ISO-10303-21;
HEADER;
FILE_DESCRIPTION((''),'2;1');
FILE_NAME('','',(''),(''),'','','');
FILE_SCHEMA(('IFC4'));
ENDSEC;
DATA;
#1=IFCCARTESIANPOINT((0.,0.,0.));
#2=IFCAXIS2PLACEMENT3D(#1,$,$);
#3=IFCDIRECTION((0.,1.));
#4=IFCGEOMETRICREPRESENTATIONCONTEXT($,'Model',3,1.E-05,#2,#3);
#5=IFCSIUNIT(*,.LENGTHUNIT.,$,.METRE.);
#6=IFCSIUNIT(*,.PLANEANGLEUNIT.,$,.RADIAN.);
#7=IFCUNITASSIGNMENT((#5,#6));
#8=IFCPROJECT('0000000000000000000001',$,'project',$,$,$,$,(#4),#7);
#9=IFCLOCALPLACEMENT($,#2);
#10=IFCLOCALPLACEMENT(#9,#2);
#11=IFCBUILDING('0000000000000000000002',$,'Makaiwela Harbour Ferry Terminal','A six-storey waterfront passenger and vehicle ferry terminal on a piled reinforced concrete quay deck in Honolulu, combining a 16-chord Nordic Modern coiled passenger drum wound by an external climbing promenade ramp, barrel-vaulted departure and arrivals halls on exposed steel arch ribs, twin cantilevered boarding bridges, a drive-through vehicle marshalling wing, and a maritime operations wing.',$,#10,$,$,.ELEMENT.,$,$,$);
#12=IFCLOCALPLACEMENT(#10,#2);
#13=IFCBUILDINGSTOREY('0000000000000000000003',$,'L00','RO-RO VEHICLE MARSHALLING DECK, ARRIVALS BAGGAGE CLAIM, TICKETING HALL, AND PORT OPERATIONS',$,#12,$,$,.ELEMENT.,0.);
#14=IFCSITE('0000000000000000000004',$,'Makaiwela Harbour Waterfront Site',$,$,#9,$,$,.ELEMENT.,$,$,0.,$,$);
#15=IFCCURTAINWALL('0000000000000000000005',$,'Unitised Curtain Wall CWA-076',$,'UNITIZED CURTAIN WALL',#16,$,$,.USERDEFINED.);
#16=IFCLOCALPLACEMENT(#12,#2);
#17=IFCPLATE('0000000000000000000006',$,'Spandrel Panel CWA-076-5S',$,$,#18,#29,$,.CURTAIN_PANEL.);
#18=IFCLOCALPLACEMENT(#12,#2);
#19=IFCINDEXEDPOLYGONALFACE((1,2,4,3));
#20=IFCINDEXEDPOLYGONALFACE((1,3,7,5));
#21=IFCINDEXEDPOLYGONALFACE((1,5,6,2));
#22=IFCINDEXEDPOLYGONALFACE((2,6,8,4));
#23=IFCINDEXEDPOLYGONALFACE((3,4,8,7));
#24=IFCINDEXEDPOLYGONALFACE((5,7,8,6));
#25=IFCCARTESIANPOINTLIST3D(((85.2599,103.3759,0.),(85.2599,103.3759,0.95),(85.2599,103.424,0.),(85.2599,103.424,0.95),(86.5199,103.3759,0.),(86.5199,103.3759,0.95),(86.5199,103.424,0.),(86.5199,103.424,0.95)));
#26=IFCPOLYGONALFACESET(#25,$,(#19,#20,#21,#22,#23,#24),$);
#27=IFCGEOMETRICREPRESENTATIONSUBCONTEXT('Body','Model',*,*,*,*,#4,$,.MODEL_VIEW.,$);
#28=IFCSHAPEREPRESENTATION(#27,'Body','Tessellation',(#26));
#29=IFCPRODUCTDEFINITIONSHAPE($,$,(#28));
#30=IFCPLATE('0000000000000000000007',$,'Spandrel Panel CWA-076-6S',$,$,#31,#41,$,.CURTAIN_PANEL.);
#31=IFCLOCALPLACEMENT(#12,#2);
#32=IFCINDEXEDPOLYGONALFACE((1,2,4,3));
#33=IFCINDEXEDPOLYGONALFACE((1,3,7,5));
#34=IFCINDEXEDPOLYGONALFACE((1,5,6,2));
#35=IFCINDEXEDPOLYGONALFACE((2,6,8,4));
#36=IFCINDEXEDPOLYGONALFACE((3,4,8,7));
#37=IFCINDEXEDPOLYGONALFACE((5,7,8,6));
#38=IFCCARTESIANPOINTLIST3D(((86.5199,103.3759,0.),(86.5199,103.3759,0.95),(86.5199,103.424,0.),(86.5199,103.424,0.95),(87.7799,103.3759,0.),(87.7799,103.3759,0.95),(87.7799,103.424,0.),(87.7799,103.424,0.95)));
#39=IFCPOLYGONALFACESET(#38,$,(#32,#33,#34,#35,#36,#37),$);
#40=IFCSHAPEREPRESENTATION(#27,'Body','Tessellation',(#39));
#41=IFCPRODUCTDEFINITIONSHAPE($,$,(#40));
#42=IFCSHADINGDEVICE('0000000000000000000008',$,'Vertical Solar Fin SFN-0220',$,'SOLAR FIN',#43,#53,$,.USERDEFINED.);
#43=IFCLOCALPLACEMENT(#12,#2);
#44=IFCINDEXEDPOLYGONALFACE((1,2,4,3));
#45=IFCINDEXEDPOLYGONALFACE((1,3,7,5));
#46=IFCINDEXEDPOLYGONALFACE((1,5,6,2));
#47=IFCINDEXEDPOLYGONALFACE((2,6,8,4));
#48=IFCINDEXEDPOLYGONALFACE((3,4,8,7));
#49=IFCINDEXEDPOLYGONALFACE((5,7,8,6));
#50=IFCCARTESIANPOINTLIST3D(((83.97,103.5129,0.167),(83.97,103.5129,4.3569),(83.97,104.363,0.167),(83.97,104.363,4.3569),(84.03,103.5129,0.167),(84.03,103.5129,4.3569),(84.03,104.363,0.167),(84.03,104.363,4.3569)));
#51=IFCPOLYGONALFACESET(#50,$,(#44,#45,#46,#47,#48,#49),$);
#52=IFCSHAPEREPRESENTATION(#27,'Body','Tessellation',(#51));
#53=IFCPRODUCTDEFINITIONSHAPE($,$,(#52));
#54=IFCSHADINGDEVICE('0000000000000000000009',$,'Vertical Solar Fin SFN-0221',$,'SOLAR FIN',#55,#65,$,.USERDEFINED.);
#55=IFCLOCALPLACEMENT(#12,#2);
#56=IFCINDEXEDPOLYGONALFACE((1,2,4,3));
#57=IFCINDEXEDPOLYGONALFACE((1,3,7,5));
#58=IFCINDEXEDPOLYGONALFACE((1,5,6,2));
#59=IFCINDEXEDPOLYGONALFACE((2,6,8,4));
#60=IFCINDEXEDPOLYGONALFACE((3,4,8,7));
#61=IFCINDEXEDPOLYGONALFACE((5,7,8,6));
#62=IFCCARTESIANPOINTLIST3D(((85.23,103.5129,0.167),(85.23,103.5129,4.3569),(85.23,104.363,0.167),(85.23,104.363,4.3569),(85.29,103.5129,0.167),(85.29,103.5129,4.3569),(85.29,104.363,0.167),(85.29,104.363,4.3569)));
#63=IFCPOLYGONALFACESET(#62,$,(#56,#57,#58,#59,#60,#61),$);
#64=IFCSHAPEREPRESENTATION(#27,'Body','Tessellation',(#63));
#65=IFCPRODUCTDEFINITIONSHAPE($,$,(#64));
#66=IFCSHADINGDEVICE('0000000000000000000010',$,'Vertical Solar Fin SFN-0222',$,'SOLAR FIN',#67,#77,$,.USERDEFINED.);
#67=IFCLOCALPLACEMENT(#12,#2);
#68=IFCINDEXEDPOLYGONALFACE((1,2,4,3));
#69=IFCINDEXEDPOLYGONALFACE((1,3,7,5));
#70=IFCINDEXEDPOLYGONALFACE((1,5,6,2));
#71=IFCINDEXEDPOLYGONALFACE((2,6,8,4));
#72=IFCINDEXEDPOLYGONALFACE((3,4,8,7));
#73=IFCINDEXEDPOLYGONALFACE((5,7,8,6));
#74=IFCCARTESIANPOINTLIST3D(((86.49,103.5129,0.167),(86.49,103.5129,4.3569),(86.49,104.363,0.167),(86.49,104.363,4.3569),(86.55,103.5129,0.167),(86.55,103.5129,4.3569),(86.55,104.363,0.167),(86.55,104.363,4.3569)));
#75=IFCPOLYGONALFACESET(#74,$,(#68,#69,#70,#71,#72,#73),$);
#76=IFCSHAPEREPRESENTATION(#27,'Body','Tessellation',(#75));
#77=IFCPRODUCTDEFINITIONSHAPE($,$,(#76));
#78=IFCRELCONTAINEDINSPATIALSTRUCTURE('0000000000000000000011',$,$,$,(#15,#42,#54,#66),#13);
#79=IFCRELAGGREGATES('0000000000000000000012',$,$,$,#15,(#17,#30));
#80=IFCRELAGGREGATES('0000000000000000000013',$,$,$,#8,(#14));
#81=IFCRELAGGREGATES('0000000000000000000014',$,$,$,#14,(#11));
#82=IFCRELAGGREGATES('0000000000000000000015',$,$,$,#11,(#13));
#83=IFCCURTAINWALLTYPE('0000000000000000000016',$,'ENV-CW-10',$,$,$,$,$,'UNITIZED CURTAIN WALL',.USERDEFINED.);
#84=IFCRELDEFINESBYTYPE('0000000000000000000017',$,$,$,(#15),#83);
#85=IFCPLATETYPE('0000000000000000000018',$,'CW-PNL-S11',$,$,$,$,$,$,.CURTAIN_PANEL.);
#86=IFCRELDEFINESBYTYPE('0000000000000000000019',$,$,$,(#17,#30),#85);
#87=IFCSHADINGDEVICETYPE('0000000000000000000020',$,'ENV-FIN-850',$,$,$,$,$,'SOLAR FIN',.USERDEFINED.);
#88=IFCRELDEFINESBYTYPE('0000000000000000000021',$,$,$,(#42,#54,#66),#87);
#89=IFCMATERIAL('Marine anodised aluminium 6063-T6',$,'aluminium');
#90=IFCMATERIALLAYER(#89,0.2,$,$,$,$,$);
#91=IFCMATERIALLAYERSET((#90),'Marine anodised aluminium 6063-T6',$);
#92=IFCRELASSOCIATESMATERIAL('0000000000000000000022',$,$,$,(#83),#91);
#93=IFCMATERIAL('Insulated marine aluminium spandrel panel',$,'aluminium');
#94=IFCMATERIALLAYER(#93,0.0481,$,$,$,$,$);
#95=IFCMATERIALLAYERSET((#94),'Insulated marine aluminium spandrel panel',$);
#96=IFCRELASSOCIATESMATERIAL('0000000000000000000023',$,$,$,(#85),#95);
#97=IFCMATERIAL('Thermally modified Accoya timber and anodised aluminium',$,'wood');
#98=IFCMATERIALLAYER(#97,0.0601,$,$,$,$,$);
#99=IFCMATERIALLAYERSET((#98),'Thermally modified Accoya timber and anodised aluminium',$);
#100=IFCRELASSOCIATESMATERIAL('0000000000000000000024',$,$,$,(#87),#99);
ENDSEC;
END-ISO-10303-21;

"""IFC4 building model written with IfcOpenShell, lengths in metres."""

from ifc_helpers import new_model, si_unit, direction, frame, origin, origin_2d, place, context, subcontext, project, spatial, rectangle, extrude, material, layer, layer_set, type_object, element, aggregate, save


model = new_model("IFC4")

# Units and contexts
model_context = context("Model", 3, precision=1e-05, world=origin(), true_north=direction((0.0, 1.0)))
body_context = subcontext(model_context, "Body", "Model", "MODEL_VIEW")
ifc_project = project(units=[si_unit("LENGTHUNIT", "METRE"), si_unit("PLANEANGLEUNIT", "RADIAN")], contexts=[model_context])

# Site, building, storey
site_placement = place(None, origin())
site = spatial("IfcSite", under=ifc_project, at=site_placement, Name="Makaiwela Harbour Waterfront Site", CompositionType="ELEMENT", RefElevation=0.0)
building_placement = place(site_placement, origin())
building = spatial("IfcBuilding", under=site, at=building_placement, Name="Makaiwela Harbour Ferry Terminal", Description="A six-storey waterfront passenger and vehicle ferry terminal on a piled reinforced concrete quay deck in Honolulu, combining a 16-chord Nordic Modern coiled passenger drum wound by an external climbing promenade ramp, barrel-vaulted departure and arrivals halls on exposed steel arch ribs, twin cantilevered boarding bridges, a drive-through vehicle marshalling wing, and a maritime operations wing.", CompositionType="ELEMENT")
storey_placement = place(building_placement, origin())
storey = spatial("IfcBuildingStorey", under=building, at=storey_placement, Name="L00", Description="RO-RO VEHICLE MARSHALLING DECK, ARRIVALS BAGGAGE CLAIM, TICKETING HALL, AND PORT OPERATIONS", CompositionType="ELEMENT", Elevation=0.0)

# Curtain wall, plates
ifc_material_1 = material(Name="Marine anodised aluminium 6063-T6", Category="aluminium")
ifc_layer_1 = layer(ifc_material_1, 0.2)
ifc_layer_set_1 = layer_set([ifc_layer_1], Name="Marine anodised aluminium 6063-T6")
curtain_wall_type = type_object("IfcCurtainWallType", Name="ENV-CW-10", ElementType="UNITIZED CURTAIN WALL", PredefinedType="USERDEFINED", material=ifc_layer_set_1)
curtain_wall_placement = place(storey_placement, origin())
curtain_wall = element("IfcCurtainWall", 1, at=curtain_wall_placement, inside=storey, type_object=curtain_wall_type, Name="Unitised Curtain Wall CWA-076", ObjectType="UNITIZED CURTAIN WALL", PredefinedType="USERDEFINED")
ifc_material_2 = material(Name="Insulated marine aluminium spandrel panel", Category="aluminium")
ifc_layer_2 = layer(ifc_material_2, 0.0481)
ifc_layer_set_2 = layer_set([ifc_layer_2], Name="Insulated marine aluminium spandrel panel")
plate_type_1 = type_object("IfcPlateType", Name="CW-PNL-S11", PredefinedType="CURTAIN_PANEL", material=ifc_layer_set_2)
plate_1_placement = place(storey_placement, frame((85.8899, 103.3999, 0.0), z_axis=(0.0, 0.0, 1.0), x_axis=(1.0, 0.0, 0.0)))
plate_1 = element("IfcPlate", 2, at=plate_1_placement, type_object=plate_type_1, Name="Spandrel Panel CWA-076-5S", PredefinedType="CURTAIN_PANEL", context=body_context, shape_type="SweptSolid", body=[
    extrude(rectangle(XDim=1.26, YDim=0.0481, at=origin_2d()), origin(), (0.0, 0.0, 1.0), 0.95),
])
plate_2_placement = place(storey_placement, frame((87.1499, 103.3999, 0.0), z_axis=(0.0, 0.0, 1.0), x_axis=(1.0, 0.0, 0.0)))
plate_2 = element("IfcPlate", 3, at=plate_2_placement, type_object=plate_type_1, Name="Spandrel Panel CWA-076-6S", PredefinedType="CURTAIN_PANEL", context=body_context, shape_type="SweptSolid", body=[
    extrude(rectangle(XDim=1.26, YDim=0.0481, at=origin_2d()), origin(), (0.0, 0.0, 1.0), 0.95),
])
aggregate(curtain_wall, [plate_1, plate_2])

# Shading devices
ifc_material_3 = material(Name="Thermally modified Accoya timber and anodised aluminium", Category="wood")
ifc_layer_3 = layer(ifc_material_3, 0.0601)
ifc_layer_set_3 = layer_set([ifc_layer_3], Name="Thermally modified Accoya timber and anodised aluminium")
shading_device_type = type_object("IfcShadingDeviceType", Name="ENV-FIN-850", ElementType="SOLAR FIN", PredefinedType="USERDEFINED", material=ifc_layer_set_3)
for number, where, z_axis, x_axis, name in (
    (4, (84.0, 103.938, 0.167), (0.0, 0.0, 1.0), (0.0, 1.0, 0.0), "Vertical Solar Fin SFN-0220"),
    (5, (85.26, 103.938, 0.167), (0.0, 0.0, 1.0), (0.0, 1.0, 0.0), "Vertical Solar Fin SFN-0221"),
    (6, (86.52, 103.938, 0.167), (0.0, 0.0, 1.0), (0.0, 1.0, 0.0), "Vertical Solar Fin SFN-0222"),
):
    element("IfcShadingDevice", number, at=place(storey_placement, frame(where, z_axis=z_axis, x_axis=x_axis)), inside=storey, type_object=shading_device_type, Name=name, ObjectType="SOLAR FIN", PredefinedType="USERDEFINED", context=body_context, shape_type="SweptSolid", body=[
        extrude(rectangle(XDim=0.8501, YDim=0.0601, at=origin_2d()), origin(), (0.0, 0.0, 1.0), 4.1899),
    ])

save(model, "model.ifc")
